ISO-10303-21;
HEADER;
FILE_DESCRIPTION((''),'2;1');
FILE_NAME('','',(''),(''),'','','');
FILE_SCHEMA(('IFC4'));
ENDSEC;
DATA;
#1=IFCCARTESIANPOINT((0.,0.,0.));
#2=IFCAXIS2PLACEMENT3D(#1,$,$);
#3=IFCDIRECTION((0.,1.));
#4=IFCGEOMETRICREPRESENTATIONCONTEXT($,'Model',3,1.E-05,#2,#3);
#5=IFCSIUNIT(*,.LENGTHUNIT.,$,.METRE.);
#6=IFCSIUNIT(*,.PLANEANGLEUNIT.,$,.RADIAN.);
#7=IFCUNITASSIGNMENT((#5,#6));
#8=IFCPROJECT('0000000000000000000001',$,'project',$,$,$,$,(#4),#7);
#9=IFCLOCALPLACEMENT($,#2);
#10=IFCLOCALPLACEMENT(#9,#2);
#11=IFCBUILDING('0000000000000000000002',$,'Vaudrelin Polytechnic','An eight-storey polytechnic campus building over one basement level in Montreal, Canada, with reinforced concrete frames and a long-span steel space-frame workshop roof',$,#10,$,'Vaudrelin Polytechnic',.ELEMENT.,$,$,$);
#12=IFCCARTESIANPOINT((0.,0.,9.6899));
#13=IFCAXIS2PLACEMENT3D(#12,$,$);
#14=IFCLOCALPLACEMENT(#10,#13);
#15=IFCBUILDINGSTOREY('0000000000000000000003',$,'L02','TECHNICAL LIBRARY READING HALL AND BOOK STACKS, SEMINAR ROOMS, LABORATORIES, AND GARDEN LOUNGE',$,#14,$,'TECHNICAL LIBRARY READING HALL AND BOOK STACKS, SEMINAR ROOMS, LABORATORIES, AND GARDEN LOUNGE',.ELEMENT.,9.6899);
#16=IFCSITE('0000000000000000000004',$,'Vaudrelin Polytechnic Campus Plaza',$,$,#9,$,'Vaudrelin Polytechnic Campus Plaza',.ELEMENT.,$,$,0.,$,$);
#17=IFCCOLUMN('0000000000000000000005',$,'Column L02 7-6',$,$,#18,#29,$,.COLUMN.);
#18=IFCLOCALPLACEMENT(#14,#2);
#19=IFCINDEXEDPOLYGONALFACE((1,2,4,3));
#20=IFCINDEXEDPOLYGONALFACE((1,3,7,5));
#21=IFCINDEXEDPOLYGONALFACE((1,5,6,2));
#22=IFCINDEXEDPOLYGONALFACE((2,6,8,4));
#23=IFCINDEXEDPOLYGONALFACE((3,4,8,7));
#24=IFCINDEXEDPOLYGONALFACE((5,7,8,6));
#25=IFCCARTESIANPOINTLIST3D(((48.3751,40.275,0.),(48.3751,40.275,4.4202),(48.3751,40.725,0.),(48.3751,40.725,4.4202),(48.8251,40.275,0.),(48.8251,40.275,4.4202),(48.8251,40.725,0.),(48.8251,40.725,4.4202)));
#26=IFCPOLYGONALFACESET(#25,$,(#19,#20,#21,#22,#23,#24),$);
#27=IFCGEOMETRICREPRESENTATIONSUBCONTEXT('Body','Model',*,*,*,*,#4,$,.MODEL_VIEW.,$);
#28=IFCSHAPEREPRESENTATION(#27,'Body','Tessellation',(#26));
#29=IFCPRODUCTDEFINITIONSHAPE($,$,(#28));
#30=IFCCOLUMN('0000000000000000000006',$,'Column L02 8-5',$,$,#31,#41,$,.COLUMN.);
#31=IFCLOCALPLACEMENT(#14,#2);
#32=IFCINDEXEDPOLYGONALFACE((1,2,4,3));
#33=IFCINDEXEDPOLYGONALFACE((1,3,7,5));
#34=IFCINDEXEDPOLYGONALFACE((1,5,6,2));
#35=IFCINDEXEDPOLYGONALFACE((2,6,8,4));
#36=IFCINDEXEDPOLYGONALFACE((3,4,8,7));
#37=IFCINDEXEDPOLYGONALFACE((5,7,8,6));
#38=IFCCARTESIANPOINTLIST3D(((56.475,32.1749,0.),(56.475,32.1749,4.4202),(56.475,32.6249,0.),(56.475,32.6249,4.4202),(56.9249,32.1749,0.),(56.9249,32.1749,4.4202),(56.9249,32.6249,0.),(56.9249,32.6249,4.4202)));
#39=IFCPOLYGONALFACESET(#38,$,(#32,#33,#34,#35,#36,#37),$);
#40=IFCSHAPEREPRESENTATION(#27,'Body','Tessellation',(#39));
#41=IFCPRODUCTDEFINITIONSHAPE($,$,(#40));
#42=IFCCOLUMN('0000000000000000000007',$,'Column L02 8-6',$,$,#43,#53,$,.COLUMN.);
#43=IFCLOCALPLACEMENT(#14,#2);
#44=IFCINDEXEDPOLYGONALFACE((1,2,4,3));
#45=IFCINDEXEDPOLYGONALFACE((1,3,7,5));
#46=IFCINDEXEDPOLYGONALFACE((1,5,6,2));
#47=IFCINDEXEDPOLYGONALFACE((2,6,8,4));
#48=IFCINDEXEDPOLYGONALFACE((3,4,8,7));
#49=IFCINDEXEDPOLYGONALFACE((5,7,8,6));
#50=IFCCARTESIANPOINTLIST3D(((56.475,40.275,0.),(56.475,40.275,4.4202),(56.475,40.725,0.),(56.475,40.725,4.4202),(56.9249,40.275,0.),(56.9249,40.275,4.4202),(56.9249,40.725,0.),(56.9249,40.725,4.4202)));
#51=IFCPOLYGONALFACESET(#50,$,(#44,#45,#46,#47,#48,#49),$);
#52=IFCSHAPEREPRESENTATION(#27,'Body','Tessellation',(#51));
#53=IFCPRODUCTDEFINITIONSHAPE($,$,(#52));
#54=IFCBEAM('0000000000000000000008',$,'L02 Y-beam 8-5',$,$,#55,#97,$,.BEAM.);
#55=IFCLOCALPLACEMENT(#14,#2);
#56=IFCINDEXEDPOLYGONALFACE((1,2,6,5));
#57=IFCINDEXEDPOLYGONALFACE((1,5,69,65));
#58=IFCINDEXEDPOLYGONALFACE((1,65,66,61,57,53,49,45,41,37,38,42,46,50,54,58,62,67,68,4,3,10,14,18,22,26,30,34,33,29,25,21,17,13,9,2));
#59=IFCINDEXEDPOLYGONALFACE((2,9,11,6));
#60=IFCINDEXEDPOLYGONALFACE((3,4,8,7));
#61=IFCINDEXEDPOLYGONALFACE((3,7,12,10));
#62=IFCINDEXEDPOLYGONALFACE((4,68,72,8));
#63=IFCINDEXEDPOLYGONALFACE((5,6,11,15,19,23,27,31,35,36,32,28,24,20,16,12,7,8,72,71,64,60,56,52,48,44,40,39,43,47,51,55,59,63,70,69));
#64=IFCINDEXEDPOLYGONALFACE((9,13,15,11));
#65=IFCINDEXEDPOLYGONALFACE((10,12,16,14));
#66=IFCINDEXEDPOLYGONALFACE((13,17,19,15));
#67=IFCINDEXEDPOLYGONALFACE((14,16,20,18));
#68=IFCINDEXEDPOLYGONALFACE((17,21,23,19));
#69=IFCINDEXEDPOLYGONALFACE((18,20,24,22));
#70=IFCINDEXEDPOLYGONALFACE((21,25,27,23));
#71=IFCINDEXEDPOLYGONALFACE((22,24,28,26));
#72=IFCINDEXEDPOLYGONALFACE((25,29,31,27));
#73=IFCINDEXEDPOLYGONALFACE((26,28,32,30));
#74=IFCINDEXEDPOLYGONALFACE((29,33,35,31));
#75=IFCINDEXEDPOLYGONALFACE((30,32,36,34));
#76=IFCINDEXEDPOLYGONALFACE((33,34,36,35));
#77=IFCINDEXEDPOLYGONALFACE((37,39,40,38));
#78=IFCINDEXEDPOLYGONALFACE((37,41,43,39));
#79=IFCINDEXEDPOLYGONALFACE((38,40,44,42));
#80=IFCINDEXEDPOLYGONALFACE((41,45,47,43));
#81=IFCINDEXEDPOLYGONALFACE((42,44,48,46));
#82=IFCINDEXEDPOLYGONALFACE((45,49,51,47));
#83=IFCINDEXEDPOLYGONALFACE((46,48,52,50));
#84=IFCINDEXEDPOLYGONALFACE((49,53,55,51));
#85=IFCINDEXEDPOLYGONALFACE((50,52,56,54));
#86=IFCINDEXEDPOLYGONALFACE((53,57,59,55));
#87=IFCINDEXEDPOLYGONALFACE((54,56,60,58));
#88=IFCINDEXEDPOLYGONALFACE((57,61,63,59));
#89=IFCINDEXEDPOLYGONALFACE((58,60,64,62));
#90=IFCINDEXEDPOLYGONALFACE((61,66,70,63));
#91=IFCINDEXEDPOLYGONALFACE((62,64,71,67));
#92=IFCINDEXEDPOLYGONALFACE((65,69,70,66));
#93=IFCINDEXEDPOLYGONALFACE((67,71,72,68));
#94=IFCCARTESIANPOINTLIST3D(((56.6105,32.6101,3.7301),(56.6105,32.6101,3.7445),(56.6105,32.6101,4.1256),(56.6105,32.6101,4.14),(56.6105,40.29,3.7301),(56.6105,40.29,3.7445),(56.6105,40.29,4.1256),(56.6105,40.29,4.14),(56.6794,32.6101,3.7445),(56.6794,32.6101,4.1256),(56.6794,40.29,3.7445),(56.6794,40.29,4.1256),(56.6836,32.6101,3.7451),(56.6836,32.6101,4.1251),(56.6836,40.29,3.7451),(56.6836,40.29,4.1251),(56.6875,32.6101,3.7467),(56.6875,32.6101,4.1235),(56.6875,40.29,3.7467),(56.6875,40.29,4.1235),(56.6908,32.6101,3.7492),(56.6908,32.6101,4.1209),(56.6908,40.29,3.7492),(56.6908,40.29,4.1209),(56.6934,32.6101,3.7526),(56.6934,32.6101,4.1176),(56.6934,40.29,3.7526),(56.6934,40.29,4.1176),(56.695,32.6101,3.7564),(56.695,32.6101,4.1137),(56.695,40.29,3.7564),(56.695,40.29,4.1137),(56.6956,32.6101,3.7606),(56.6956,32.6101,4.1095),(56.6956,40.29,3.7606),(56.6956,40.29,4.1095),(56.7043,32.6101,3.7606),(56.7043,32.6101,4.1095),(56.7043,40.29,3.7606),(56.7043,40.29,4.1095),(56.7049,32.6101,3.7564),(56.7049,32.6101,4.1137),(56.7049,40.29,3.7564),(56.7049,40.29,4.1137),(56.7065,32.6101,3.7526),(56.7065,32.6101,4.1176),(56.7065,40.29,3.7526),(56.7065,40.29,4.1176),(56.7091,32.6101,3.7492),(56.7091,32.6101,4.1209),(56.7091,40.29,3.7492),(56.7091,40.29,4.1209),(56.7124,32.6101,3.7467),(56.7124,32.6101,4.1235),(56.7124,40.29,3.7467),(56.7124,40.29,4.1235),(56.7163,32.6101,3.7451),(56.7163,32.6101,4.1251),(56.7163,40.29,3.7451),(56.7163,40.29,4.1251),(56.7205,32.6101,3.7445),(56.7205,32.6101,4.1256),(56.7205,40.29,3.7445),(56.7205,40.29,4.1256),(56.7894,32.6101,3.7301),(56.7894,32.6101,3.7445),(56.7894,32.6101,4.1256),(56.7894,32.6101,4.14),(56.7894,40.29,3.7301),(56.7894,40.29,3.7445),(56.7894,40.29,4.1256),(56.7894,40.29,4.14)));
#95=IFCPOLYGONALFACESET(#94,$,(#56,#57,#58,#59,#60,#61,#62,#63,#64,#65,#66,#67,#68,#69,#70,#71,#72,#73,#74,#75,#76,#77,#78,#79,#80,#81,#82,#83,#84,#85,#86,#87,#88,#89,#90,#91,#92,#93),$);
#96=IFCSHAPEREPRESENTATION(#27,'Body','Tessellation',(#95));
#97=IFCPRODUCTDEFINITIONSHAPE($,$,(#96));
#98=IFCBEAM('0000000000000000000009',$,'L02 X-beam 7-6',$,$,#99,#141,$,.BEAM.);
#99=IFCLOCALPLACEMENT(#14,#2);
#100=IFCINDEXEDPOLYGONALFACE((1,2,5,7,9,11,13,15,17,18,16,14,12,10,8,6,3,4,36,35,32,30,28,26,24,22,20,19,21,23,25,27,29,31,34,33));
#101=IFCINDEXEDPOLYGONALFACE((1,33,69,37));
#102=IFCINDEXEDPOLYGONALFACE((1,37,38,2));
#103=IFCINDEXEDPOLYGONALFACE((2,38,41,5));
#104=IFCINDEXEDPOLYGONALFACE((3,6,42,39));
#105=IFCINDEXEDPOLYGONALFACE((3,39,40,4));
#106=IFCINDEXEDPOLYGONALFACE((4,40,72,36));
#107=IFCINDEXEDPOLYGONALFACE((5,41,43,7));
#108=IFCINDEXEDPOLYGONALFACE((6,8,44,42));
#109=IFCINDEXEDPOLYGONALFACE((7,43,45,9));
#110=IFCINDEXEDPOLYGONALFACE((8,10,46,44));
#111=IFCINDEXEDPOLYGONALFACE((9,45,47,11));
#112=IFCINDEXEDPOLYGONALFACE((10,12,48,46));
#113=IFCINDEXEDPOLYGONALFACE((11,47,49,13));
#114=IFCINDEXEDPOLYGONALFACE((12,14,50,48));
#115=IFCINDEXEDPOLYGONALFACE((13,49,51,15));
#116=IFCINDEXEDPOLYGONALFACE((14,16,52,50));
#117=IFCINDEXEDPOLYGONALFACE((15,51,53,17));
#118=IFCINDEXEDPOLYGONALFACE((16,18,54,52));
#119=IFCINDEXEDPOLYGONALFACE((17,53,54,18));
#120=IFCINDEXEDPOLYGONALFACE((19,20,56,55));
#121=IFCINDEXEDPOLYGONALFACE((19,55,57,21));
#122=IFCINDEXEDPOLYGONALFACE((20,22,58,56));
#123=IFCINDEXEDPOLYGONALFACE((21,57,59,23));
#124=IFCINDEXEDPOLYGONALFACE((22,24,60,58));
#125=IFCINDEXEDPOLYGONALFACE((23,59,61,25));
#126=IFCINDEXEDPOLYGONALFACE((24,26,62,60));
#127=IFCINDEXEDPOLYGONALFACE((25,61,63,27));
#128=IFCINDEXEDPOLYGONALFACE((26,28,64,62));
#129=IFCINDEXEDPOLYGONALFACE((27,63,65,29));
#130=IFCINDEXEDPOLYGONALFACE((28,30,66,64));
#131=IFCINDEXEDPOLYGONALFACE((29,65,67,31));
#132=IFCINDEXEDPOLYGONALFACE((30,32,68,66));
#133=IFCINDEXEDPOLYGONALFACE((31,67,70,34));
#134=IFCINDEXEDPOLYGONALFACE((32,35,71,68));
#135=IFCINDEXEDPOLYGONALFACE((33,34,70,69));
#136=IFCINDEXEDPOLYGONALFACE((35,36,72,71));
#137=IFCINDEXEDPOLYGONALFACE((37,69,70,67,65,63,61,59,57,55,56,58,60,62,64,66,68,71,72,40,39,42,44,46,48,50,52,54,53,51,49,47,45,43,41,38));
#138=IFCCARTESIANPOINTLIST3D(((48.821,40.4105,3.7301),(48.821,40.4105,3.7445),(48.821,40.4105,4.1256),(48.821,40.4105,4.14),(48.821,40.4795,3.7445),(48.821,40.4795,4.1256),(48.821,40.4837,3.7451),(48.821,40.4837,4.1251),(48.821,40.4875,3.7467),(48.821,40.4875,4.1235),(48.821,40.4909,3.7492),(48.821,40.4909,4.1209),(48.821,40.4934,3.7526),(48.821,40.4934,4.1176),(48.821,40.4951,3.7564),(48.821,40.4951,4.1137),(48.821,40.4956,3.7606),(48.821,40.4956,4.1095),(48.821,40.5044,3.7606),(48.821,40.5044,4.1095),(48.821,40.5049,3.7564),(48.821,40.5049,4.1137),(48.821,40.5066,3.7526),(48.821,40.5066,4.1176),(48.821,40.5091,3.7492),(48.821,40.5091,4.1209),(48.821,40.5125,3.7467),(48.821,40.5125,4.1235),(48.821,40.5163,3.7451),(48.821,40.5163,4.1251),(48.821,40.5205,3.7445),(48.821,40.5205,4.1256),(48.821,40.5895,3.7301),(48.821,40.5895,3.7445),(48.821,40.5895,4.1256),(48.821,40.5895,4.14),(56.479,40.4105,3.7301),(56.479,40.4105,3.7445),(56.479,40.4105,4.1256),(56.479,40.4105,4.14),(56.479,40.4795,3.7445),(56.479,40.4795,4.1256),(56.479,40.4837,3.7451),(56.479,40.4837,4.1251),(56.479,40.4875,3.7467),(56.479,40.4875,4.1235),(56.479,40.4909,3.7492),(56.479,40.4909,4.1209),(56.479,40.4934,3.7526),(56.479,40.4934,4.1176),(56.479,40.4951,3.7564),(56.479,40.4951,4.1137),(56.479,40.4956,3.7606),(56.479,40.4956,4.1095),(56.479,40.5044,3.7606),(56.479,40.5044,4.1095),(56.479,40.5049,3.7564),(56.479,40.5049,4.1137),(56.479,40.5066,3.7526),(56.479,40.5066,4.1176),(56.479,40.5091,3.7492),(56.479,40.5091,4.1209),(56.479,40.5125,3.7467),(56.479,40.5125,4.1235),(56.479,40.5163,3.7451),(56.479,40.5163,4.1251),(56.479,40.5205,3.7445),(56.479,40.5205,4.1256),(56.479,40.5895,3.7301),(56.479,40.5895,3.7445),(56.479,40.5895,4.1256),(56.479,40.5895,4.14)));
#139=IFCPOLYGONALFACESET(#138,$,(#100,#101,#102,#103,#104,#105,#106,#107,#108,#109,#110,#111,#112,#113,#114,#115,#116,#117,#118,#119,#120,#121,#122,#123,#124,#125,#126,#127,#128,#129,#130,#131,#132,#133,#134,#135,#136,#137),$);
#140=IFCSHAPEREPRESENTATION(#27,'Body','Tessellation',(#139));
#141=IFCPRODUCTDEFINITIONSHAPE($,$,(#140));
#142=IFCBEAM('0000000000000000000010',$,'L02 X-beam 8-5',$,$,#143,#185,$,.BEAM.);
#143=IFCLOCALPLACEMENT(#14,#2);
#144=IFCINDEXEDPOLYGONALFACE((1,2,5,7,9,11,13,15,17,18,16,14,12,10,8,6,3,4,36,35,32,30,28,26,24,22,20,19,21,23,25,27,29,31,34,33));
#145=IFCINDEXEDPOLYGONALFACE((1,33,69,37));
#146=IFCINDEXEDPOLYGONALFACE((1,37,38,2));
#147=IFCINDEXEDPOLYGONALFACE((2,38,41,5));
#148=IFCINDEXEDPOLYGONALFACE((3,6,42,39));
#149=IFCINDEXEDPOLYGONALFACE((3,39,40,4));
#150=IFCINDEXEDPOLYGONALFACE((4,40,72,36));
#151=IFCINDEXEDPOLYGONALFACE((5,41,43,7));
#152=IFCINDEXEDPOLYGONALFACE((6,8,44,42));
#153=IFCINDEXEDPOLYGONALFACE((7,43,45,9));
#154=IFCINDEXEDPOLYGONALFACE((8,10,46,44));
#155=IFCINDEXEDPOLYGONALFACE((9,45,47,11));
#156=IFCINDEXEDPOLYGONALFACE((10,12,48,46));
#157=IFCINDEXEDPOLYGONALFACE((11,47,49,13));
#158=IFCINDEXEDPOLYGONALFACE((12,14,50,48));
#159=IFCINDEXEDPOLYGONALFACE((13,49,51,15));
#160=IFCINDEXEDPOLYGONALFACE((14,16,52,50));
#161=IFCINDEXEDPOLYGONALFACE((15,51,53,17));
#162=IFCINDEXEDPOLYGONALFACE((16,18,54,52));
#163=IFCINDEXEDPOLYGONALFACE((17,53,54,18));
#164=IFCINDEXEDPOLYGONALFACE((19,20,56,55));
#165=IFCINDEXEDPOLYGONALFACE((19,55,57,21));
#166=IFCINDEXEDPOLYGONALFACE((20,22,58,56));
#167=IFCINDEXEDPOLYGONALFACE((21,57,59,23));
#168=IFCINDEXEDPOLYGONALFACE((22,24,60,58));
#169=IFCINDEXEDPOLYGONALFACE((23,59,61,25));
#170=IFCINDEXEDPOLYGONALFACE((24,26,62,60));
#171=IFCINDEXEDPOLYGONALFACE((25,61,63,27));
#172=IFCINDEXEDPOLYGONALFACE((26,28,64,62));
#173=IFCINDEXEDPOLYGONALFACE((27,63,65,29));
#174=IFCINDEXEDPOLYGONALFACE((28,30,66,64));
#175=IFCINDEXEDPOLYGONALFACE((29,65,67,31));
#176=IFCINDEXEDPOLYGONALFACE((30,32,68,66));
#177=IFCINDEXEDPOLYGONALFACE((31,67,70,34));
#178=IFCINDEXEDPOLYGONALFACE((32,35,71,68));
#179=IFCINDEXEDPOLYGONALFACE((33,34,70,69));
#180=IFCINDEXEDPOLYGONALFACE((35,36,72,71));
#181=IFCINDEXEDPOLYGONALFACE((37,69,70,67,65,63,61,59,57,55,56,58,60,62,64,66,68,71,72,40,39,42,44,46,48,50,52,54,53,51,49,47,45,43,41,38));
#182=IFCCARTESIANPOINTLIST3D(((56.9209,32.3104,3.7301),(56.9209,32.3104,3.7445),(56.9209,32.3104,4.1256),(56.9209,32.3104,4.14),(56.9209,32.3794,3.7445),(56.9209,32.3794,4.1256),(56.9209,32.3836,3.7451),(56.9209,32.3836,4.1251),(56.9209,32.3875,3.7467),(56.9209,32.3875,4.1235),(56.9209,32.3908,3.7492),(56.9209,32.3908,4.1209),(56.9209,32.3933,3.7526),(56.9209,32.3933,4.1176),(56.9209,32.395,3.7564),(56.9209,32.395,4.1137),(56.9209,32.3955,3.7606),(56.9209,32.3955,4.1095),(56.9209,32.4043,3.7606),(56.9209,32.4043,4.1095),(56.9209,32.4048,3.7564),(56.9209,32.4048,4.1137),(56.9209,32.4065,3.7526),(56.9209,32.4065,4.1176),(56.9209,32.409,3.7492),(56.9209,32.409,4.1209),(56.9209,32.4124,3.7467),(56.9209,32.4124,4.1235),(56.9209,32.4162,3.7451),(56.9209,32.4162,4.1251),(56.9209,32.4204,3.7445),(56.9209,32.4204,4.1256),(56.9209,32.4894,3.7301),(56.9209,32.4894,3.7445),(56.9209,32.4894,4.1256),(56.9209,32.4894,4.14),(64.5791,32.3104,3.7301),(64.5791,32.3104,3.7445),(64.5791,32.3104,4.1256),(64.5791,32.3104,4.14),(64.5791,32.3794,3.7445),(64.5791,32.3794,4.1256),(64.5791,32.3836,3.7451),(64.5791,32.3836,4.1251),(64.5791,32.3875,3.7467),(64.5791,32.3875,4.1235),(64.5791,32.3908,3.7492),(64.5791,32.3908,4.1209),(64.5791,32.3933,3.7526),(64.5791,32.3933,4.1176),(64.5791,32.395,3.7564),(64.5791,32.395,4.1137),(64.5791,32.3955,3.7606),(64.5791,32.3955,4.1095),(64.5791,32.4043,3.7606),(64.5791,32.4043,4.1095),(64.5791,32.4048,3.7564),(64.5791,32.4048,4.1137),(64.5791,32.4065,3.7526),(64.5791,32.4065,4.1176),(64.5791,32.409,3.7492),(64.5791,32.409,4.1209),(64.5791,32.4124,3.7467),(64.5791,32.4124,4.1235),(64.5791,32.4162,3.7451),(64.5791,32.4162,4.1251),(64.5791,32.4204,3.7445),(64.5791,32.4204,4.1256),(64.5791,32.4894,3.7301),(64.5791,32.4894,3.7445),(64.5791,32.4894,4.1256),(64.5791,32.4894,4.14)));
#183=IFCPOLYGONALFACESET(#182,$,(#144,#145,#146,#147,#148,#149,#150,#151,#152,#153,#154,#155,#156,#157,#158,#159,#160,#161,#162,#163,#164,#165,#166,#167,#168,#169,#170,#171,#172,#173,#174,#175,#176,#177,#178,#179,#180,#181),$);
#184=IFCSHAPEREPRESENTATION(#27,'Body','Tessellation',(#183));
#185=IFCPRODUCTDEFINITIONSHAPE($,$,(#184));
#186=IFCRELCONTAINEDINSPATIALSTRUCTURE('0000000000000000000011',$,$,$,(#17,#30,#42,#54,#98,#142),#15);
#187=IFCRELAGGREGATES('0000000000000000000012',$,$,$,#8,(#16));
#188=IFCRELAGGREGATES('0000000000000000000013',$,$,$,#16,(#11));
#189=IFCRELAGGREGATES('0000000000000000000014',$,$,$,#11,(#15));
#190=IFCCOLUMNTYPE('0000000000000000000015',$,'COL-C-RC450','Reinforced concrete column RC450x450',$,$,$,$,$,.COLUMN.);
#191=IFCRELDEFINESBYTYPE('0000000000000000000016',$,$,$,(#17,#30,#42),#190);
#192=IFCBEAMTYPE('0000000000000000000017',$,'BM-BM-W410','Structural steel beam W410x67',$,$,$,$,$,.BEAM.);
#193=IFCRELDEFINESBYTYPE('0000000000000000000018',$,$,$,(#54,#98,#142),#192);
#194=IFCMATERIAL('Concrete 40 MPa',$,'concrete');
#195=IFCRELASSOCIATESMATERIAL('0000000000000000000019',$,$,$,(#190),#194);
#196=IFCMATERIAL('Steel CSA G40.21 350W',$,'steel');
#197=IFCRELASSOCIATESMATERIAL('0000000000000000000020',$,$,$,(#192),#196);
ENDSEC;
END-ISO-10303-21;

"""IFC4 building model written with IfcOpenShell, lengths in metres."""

from ifc_helpers import new_model, si_unit, direction, frame, origin, origin_2d, place, context, subcontext, project, spatial, rectangle, i_section, extrude, material, material_profile, profile_set, type_object, element, save


model = new_model("IFC4")

# Units and contexts
model_context = context("Model", 3, precision=1e-05, world=origin(), true_north=direction((0.0, 1.0)))
body_context = subcontext(model_context, "Body", "Model", "MODEL_VIEW")
ifc_project = project(units=[si_unit("LENGTHUNIT", "METRE"), si_unit("PLANEANGLEUNIT", "RADIAN")], contexts=[model_context])

# Site, building, storey
site_placement = place(None, origin())
site = spatial("IfcSite", under=ifc_project, at=site_placement, Name="Vaudrelin Polytechnic Campus Plaza", LongName="Vaudrelin Polytechnic Campus Plaza", CompositionType="ELEMENT", RefElevation=0.0)
building_placement = place(site_placement, origin())
building = spatial("IfcBuilding", under=site, at=building_placement, Name="Vaudrelin Polytechnic", Description="An eight-storey polytechnic campus building over one basement level in Montreal, Canada, with reinforced concrete frames and a long-span steel space-frame workshop roof", LongName="Vaudrelin Polytechnic", CompositionType="ELEMENT")
storey_placement = place(building_placement, frame((0.0, 0.0, 9.6899)))
storey = spatial("IfcBuildingStorey", under=building, at=storey_placement, Name="L02", Description="TECHNICAL LIBRARY READING HALL AND BOOK STACKS, SEMINAR ROOMS, LABORATORIES, AND GARDEN LOUNGE", LongName="TECHNICAL LIBRARY READING HALL AND BOOK STACKS, SEMINAR ROOMS, LABORATORIES, AND GARDEN LOUNGE", CompositionType="ELEMENT", Elevation=9.6899)

# Columns
ifc_material_1 = material(Name="Concrete 40 MPa", Category="concrete")
ifc_material_profile_1 = material_profile(ifc_material_1, rectangle(XDim=0.45, YDim=0.45, at=origin_2d()), Name="RC450x450")
ifc_profile_set_1 = profile_set([ifc_material_profile_1], Name="Concrete 40 MPa")
column_type = type_object("IfcColumnType", Name="COL-C-RC450", Description="Reinforced concrete column RC450x450", PredefinedType="COLUMN", material=ifc_profile_set_1)
for number, where, z_axis, x_axis, name in (
    (1, (48.6001, 40.5, 0.0), (0.0, 0.0, 1.0), (1.0, 0.0, 0.0), "Column L02 7-6"),
    (2, (56.7, 32.3999, 0.0), (0.0, 0.0, 1.0), (1.0, 0.0, 0.0), "Column L02 8-5"),
    (3, (56.7, 40.5, 0.0), (0.0, 0.0, 1.0), (1.0, 0.0, 0.0), "Column L02 8-6"),
):
    element("IfcColumn", number, at=place(storey_placement, frame(where, z_axis=z_axis, x_axis=x_axis)), inside=storey, type_object=column_type, Name=name, PredefinedType="COLUMN", context=body_context, shape_type="SweptSolid", body=[
        extrude(rectangle(XDim=0.45, YDim=0.45, at=origin_2d()), origin(), (0.0, 0.0, 1.0), 4.4202),
    ])

# Beams
ifc_material_2 = material(Name="Steel CSA G40.21 350W", Category="steel")
ifc_material_profile_2 = material_profile(ifc_material_2, i_section(OverallWidth=0.179, OverallDepth=0.4099, WebThickness=0.0088, FlangeThickness=0.0144, FilletRadius=0.0161, at=origin_2d()), Name="W410x67")
ifc_profile_set_2 = profile_set([ifc_material_profile_2], Name="Steel CSA G40.21 350W")
beam_type_1 = type_object("IfcBeamType", Name="BM-BM-W410", Description="Structural steel beam W410x67", PredefinedType="BEAM", material=ifc_profile_set_2)
beam_1_placement = place(storey_placement, frame((56.7, 32.6101, 3.9351), z_axis=(0.0, 1.0, 0.0), x_axis=(-1.0, 0.0, 0.0)))
element("IfcBeam", 4, at=beam_1_placement, inside=storey, type_object=beam_type_1, Name="L02 Y-beam 8-5", PredefinedType="BEAM", context=body_context, shape_type="SweptSolid", body=[
    extrude(i_section(OverallWidth=0.179, OverallDepth=0.4099, WebThickness=0.0088, FlangeThickness=0.0144, FilletRadius=0.0161, at=origin_2d()), origin(), (0.0, 0.0, 1.0), 7.6799),
])
beam_2_placement = place(storey_placement, frame((48.821, 40.5, 3.9351), z_axis=(1.0, 0.0, 0.0), x_axis=(0.0, 1.0, 0.0)))
element("IfcBeam", 5, at=beam_2_placement, inside=storey, type_object=beam_type_1, Name="L02 X-beam 7-6", PredefinedType="BEAM", context=body_context, shape_type="SweptSolid", body=[
    extrude(i_section(OverallWidth=0.179, OverallDepth=0.4099, WebThickness=0.0088, FlangeThickness=0.0144, FilletRadius=0.0161, at=origin_2d()), origin(), (0.0, 0.0, 1.0), 7.658),
])
beam_3_placement = place(storey_placement, frame((56.9209, 32.3999, 3.9351), z_axis=(1.0, 0.0, 0.0), x_axis=(0.0, 1.0, 0.0)))
element("IfcBeam", 6, at=beam_3_placement, inside=storey, type_object=beam_type_1, Name="L02 X-beam 8-5", PredefinedType="BEAM", context=body_context, shape_type="SweptSolid", body=[
    extrude(i_section(OverallWidth=0.179, OverallDepth=0.4099, WebThickness=0.0088, FlangeThickness=0.0144, FilletRadius=0.0161, at=origin_2d()), origin(), (0.0, 0.0, 1.0), 7.6582),
])

save(model, "model.ifc")
